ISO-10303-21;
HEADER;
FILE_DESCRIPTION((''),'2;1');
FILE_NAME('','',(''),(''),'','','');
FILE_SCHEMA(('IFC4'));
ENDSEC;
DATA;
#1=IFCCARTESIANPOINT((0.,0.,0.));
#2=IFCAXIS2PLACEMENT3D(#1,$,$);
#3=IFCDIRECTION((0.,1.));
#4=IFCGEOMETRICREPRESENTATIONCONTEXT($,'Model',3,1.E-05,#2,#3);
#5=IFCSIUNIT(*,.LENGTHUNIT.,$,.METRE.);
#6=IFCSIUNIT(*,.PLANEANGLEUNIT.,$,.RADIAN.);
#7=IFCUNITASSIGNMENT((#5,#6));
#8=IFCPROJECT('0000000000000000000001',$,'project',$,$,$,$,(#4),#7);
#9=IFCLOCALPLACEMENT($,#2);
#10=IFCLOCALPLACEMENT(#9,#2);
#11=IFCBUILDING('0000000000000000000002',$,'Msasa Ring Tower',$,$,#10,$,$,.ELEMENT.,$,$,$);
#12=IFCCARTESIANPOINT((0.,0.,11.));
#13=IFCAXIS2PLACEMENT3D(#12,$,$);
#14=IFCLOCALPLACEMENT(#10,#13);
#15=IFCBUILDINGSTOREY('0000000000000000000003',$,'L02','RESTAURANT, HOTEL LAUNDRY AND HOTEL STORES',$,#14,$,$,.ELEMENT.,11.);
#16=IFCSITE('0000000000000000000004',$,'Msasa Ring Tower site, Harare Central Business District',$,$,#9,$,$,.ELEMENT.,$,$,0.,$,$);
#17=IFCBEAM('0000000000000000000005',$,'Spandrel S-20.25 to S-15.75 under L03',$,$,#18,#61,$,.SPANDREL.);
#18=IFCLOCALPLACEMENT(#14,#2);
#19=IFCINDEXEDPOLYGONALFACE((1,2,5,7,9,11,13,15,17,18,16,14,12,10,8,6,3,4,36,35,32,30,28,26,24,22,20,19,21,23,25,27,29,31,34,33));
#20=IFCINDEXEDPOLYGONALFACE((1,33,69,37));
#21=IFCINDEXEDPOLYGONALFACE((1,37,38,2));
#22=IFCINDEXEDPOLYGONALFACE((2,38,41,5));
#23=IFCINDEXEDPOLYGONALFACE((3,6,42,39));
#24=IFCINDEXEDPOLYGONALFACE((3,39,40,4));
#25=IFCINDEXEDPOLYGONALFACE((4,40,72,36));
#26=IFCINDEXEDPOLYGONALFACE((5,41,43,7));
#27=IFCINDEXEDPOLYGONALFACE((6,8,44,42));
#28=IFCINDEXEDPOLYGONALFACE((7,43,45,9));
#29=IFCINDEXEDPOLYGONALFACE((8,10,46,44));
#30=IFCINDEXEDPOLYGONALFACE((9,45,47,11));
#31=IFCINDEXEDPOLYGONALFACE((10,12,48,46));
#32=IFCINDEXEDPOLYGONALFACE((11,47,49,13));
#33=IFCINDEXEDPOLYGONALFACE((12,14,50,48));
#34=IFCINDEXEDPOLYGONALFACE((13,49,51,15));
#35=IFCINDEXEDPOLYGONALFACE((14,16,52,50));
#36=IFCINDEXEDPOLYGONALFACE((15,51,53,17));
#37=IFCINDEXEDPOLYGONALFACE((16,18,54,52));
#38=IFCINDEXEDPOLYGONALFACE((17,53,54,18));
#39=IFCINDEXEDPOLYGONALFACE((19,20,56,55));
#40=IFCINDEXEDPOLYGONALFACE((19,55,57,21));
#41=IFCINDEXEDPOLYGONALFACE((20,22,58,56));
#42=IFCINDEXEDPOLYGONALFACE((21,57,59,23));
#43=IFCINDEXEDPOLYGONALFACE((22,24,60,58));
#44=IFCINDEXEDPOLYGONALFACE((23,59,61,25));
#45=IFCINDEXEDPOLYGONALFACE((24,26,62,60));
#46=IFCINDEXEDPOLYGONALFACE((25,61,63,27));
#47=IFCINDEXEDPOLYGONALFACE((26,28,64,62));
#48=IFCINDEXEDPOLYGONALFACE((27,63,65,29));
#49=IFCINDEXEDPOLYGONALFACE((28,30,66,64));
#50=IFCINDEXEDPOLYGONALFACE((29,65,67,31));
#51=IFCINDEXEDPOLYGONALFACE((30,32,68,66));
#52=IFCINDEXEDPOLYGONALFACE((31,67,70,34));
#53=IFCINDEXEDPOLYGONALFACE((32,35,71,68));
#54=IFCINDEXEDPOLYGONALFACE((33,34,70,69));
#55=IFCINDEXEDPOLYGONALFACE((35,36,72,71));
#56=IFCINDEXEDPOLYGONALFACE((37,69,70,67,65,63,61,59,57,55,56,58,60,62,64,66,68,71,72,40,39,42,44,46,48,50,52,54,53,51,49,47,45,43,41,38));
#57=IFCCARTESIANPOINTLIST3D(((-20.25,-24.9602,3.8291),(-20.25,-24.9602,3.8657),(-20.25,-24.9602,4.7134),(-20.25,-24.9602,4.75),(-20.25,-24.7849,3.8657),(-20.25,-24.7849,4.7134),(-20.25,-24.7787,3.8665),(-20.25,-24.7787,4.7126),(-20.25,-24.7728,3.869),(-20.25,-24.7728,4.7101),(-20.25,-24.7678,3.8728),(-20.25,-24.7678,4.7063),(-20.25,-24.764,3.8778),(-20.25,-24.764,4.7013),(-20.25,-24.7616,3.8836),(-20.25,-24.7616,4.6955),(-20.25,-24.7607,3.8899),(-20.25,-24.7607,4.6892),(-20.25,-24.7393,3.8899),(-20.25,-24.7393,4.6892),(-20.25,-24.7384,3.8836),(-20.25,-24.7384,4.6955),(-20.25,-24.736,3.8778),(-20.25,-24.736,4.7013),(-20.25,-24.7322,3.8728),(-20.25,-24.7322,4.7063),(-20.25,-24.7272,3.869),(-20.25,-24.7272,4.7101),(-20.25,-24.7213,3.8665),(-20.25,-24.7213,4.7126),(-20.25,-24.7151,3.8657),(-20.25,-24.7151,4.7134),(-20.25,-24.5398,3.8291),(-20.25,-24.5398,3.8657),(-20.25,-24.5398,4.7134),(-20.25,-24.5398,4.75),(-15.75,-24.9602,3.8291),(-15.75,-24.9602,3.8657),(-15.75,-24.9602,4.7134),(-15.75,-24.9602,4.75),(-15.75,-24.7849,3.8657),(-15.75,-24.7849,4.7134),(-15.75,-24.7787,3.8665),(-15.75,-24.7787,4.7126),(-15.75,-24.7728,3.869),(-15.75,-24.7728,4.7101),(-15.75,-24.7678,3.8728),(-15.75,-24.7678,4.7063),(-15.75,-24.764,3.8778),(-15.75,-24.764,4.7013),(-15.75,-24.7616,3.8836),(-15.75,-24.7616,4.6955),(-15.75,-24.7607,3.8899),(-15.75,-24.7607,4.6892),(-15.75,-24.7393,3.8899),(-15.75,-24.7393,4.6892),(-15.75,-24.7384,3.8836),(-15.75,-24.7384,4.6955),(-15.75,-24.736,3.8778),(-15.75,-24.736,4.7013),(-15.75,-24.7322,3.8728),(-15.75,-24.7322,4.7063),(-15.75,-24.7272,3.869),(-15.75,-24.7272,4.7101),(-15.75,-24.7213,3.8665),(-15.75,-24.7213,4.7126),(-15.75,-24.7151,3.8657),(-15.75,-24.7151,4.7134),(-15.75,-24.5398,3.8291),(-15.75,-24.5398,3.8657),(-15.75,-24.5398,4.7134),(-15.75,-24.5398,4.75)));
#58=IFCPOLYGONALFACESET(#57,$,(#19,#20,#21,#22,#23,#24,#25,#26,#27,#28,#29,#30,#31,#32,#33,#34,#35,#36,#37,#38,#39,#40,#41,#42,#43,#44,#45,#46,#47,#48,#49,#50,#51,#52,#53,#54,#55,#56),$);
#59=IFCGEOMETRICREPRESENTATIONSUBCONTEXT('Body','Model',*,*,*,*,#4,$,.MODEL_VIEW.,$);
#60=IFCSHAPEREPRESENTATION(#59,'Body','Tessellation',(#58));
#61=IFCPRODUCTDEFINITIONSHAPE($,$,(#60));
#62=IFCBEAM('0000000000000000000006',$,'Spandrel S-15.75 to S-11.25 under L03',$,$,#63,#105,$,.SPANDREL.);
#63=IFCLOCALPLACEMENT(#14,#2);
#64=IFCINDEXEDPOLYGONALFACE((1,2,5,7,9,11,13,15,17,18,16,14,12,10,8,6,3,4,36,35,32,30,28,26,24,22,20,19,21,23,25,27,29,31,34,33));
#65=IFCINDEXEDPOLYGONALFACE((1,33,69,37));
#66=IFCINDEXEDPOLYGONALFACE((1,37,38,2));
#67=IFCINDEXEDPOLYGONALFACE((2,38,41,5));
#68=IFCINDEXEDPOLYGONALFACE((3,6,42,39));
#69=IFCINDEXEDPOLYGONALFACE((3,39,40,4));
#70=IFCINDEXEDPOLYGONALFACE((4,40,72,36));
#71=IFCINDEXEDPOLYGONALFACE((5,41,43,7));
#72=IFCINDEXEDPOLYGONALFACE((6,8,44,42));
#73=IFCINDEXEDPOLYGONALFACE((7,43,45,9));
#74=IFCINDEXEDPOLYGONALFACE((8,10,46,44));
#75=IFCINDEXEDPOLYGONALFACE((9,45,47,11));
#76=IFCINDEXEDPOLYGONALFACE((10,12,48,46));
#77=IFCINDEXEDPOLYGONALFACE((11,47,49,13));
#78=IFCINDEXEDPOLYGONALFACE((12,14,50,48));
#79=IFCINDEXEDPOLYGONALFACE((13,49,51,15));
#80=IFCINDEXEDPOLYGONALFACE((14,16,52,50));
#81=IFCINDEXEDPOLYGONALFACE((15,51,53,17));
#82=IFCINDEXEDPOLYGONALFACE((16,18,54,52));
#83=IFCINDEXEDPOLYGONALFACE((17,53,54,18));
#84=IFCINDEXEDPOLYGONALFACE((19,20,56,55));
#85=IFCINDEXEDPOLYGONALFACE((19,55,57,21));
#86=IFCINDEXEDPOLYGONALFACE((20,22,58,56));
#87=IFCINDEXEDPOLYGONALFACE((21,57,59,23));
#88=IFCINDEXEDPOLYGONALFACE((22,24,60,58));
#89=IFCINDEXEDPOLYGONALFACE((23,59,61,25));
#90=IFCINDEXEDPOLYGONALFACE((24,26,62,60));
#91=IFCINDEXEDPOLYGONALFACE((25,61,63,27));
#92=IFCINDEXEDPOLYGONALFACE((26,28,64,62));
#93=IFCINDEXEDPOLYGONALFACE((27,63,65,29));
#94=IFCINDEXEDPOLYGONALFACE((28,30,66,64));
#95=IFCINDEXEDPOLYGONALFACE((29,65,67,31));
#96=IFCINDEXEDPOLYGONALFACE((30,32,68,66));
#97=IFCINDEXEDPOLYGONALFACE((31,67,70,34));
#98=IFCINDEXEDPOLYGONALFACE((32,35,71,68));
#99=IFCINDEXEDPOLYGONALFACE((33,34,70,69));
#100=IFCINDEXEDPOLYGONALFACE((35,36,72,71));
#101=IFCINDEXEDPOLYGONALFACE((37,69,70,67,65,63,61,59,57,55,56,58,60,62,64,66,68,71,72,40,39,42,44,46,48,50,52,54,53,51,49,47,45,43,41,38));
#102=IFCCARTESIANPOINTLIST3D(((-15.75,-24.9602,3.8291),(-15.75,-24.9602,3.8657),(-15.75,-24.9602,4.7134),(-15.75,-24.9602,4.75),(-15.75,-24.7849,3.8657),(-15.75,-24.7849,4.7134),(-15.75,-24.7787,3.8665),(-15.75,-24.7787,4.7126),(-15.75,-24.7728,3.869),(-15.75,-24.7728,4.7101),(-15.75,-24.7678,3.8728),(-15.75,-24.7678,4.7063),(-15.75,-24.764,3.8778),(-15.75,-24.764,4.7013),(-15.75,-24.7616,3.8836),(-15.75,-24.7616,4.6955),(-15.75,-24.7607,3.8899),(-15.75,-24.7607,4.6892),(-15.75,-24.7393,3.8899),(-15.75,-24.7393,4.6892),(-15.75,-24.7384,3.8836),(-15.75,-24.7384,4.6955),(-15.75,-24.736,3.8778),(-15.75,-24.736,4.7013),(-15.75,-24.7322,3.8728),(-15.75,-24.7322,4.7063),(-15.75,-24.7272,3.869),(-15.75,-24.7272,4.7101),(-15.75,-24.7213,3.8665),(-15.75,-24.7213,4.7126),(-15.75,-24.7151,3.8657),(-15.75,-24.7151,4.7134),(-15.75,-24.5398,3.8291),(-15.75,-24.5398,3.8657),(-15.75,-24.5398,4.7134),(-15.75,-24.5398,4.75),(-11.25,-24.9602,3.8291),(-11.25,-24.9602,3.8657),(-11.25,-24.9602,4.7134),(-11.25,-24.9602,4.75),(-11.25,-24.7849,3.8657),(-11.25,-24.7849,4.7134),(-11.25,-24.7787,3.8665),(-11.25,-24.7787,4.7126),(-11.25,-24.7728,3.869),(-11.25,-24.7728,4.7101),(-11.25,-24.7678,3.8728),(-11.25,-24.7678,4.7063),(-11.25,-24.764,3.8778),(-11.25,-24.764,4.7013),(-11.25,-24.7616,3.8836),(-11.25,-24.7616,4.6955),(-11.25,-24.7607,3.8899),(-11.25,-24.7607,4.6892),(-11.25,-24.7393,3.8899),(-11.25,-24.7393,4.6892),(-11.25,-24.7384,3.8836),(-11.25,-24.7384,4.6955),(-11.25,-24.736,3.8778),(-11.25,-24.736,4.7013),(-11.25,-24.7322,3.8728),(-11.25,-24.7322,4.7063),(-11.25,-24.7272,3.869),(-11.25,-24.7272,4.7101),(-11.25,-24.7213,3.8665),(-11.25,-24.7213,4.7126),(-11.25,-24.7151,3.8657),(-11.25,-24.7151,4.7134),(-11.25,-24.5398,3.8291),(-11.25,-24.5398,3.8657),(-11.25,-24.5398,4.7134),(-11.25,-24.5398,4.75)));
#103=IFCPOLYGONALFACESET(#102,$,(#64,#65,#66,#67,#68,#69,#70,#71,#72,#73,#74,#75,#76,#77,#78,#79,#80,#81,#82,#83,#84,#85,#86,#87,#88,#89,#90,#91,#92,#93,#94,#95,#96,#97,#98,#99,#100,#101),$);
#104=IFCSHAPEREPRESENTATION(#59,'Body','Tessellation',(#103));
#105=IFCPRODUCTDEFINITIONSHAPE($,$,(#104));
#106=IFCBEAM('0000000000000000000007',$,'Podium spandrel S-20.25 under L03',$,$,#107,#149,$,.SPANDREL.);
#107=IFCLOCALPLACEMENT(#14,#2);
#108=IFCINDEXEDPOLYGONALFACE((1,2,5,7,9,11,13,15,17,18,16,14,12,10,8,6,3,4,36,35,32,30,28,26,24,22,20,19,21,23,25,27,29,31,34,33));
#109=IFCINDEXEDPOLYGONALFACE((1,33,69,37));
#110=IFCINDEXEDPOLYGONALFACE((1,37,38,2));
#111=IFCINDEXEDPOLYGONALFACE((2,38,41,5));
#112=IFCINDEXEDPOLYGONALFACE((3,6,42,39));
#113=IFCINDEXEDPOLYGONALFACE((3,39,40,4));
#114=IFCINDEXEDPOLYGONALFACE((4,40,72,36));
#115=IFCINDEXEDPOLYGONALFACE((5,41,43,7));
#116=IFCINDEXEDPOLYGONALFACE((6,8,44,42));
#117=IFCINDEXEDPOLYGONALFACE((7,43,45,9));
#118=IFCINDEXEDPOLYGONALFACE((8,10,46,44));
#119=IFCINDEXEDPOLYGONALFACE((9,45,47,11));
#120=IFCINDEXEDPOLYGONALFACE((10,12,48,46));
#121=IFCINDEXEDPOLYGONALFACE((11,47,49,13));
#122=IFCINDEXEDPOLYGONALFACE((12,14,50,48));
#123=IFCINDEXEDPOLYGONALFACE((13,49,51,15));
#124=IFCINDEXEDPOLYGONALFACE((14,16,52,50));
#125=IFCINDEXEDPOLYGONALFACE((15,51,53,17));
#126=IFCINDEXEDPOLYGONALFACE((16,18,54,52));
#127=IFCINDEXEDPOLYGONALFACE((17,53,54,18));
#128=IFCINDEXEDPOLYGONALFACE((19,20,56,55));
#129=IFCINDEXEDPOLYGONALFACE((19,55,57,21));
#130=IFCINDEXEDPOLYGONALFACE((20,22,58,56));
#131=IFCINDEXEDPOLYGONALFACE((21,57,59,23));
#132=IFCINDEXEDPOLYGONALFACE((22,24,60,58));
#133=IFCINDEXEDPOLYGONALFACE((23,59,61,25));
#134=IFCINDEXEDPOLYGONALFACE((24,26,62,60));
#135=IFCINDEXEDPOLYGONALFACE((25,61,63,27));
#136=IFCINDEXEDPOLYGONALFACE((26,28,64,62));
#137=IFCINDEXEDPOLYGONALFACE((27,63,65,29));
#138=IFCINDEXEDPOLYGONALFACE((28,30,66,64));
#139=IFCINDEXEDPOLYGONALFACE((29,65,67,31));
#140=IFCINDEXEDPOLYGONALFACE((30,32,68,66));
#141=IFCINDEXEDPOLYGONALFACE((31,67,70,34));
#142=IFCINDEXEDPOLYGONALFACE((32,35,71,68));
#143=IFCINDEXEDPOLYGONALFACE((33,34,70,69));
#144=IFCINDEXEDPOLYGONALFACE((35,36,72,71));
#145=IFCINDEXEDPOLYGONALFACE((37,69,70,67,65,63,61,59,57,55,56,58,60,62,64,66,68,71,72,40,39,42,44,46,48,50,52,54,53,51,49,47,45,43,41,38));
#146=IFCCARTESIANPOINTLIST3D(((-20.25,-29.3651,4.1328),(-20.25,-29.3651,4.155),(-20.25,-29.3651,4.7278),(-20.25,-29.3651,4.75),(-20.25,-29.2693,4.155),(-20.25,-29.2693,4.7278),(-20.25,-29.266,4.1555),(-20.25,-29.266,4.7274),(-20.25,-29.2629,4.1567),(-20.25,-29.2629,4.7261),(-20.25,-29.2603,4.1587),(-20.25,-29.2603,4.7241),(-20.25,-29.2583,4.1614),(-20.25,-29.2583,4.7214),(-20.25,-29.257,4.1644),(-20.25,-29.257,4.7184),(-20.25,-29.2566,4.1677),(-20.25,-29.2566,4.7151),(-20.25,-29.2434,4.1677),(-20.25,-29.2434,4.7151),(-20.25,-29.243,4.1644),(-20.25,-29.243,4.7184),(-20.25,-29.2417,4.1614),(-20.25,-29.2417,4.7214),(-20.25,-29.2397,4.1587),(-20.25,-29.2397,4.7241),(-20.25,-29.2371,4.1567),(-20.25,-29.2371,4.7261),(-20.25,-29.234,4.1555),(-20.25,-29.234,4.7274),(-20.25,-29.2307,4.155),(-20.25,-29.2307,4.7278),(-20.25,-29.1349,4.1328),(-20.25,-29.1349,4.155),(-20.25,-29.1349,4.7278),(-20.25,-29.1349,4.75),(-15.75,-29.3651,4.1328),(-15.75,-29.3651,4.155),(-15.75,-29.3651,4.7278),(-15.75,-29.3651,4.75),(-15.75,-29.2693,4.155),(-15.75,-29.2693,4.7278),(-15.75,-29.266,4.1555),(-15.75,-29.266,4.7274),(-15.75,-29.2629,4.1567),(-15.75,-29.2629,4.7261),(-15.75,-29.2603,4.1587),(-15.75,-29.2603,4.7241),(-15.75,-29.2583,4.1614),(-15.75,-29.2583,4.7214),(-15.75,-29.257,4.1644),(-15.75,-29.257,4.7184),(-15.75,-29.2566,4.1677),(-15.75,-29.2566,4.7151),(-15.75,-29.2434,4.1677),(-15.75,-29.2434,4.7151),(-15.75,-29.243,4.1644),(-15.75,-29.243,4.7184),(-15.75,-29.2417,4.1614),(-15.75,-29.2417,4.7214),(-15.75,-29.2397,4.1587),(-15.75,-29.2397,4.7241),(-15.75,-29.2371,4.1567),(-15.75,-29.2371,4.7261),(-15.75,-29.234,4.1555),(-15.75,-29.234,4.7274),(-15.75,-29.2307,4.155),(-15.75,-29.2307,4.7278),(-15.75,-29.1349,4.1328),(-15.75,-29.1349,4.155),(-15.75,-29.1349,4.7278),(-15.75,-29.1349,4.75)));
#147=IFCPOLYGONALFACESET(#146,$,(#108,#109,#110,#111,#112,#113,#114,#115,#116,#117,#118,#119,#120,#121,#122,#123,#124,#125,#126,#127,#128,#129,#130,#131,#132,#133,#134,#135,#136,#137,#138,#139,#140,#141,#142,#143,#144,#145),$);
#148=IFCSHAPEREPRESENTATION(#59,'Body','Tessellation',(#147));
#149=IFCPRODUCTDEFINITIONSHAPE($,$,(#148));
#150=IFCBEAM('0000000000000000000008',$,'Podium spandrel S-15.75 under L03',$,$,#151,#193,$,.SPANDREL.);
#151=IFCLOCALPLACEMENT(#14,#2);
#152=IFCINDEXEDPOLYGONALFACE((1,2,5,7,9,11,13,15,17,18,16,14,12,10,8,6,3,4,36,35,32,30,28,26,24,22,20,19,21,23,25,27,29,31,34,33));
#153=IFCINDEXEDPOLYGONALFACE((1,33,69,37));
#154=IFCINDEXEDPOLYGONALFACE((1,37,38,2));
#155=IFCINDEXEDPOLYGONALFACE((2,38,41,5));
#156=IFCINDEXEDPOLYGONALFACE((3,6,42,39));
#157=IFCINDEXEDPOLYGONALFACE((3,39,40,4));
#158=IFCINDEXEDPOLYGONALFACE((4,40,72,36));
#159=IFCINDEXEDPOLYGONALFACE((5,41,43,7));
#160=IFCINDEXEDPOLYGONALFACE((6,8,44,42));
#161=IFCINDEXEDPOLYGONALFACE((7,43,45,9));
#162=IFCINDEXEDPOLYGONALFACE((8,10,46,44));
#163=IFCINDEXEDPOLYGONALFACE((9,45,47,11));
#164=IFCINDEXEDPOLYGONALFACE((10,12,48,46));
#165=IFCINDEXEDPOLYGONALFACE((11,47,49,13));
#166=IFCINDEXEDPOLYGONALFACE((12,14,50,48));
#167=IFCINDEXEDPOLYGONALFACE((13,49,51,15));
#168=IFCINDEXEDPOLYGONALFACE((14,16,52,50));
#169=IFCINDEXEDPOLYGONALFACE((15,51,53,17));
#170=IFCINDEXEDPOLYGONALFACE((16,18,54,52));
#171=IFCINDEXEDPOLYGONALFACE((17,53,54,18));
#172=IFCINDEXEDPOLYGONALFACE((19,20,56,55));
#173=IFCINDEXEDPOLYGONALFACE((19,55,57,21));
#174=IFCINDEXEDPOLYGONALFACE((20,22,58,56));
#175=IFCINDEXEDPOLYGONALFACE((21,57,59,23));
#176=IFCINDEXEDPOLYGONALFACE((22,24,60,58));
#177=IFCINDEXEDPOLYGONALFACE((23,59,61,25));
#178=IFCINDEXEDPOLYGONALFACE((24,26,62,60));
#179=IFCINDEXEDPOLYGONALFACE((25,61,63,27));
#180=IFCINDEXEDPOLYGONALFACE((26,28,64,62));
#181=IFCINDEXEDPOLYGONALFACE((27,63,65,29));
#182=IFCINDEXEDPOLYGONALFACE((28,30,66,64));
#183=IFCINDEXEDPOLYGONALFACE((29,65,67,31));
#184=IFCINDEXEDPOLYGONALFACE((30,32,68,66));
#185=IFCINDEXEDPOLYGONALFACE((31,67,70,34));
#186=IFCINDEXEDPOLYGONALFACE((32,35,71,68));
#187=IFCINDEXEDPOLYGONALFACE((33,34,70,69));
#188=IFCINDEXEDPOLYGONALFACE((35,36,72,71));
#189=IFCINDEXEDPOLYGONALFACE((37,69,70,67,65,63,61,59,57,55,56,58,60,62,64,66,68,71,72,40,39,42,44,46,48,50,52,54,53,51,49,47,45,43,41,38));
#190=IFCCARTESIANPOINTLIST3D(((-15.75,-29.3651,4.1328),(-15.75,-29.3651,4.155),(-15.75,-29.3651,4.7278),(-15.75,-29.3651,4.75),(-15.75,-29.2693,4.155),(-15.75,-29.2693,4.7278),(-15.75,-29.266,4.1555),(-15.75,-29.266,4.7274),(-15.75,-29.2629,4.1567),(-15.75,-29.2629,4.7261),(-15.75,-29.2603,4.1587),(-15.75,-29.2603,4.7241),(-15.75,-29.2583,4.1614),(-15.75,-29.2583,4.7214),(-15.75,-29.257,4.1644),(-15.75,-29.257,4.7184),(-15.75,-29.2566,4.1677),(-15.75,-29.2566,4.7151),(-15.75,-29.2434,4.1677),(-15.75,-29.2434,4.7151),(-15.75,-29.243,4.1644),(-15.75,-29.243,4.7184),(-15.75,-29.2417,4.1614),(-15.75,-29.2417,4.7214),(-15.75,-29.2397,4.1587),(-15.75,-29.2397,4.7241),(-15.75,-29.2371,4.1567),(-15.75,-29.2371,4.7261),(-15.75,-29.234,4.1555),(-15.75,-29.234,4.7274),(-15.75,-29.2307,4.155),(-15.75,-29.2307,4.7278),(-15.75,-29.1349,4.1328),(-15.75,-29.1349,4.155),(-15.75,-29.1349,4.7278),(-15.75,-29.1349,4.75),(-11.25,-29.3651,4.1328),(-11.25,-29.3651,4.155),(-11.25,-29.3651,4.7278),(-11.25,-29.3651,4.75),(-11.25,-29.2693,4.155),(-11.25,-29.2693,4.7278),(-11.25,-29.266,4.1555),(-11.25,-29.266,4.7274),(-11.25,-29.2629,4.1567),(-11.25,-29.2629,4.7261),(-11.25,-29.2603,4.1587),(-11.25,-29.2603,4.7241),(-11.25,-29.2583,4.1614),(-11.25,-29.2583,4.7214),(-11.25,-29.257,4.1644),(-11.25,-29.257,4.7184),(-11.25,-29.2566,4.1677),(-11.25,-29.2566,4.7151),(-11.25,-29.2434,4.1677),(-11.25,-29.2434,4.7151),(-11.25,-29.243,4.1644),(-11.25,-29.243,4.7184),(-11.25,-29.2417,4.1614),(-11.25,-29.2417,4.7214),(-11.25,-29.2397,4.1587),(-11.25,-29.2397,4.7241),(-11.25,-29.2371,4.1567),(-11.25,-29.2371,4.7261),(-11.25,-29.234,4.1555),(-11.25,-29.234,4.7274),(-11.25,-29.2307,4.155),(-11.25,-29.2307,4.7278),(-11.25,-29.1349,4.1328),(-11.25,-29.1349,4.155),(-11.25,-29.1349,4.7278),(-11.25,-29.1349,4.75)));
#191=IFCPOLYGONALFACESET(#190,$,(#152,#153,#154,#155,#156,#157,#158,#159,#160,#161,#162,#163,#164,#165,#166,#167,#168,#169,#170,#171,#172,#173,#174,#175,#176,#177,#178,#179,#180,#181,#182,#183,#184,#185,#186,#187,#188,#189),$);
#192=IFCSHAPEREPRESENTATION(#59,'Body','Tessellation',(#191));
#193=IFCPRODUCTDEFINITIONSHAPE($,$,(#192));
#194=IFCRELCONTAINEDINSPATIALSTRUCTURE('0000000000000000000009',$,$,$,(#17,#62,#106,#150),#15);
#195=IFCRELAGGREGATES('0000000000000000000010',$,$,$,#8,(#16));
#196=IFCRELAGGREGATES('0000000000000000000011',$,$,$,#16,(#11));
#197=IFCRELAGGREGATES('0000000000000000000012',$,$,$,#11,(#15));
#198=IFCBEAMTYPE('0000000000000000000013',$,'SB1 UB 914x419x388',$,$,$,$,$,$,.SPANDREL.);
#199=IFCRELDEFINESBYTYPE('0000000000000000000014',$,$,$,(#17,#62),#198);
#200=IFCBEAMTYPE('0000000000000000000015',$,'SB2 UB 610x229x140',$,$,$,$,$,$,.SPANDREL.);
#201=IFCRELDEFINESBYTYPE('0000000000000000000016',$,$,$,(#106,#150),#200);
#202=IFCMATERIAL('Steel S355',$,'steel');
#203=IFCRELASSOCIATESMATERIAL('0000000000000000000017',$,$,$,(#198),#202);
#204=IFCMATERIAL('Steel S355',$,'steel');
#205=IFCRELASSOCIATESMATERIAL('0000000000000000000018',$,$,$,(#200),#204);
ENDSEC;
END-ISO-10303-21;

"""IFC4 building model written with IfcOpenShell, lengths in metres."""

from ifc_helpers import new_model, si_unit, direction, frame, origin, origin_2d, place, context, subcontext, project, spatial, i_section, extrude, material, material_profile, profile_set, type_object, element, save


model = new_model("IFC4")

# Units and contexts
model_context = context("Model", 3, precision=1e-05, world=origin(), true_north=direction((0.0, 1.0)))
body_context = subcontext(model_context, "Body", "Model", "MODEL_VIEW")
ifc_project = project(units=[si_unit("LENGTHUNIT", "METRE"), si_unit("PLANEANGLEUNIT", "RADIAN")], contexts=[model_context])

# Site, building, storey
site_placement = place(None, origin())
site = spatial("IfcSite", under=ifc_project, at=site_placement, Name="Msasa Ring Tower site, Harare Central Business District", CompositionType="ELEMENT", RefElevation=0.0)
building_placement = place(site_placement, origin())
building = spatial("IfcBuilding", under=site, at=building_placement, Name="Msasa Ring Tower", CompositionType="ELEMENT")
storey_placement = place(building_placement, frame((0.0, 0.0, 11.0)))
storey = spatial("IfcBuildingStorey", under=building, at=storey_placement, Name="L02", Description="RESTAURANT, HOTEL LAUNDRY AND HOTEL STORES", CompositionType="ELEMENT", Elevation=11.0)

# Beams
ifc_material_1 = material(Name="Steel S355", Category="steel")
ifc_material_profile_1 = material_profile(ifc_material_1, i_section(OverallWidth=0.4204, OverallDepth=0.9209, WebThickness=0.0215, FlangeThickness=0.0366, FilletRadius=0.0242, at=origin_2d()), Name="UB 914x419x388")
ifc_profile_set_1 = profile_set([ifc_material_profile_1], Name="Steel S355")
beam_type_1 = type_object("IfcBeamType", Name="SB1 UB 914x419x388", PredefinedType="SPANDREL", material=ifc_profile_set_1)
for number, where, z_axis, x_axis, name in (
    (1, (-20.25, -24.75, 4.2896), (1.0, 0.0, 0.0), (0.0, 1.0, 0.0), "Spandrel S-20.25 to S-15.75 under L03"),
    (2, (-15.75, -24.75, 4.2896), (1.0, 0.0, 0.0), (0.0, 1.0, 0.0), "Spandrel S-15.75 to S-11.25 under L03"),
):
    element("IfcBeam", number, at=place(storey_placement, frame(where, z_axis=z_axis, x_axis=x_axis)), inside=storey, type_object=beam_type_1, Name=name, PredefinedType="SPANDREL", context=body_context, shape_type="SweptSolid", body=[
        extrude(i_section(OverallWidth=0.4204, OverallDepth=0.9209, WebThickness=0.0215, FlangeThickness=0.0366, FilletRadius=0.0242, at=origin_2d()), origin(), (0.0, 0.0, 1.0), 4.5),
    ])
ifc_material_2 = material(Name="Steel S355", Category="steel")
ifc_material_profile_2 = material_profile(ifc_material_2, i_section(OverallWidth=0.2302, OverallDepth=0.6172, WebThickness=0.0132, FlangeThickness=0.0222, FilletRadius=0.0127, at=origin_2d()), Name="UB 610x229x140")
ifc_profile_set_2 = profile_set([ifc_material_profile_2], Name="Steel S355")
beam_type_2 = type_object("IfcBeamType", Name="SB2 UB 610x229x140", PredefinedType="SPANDREL", material=ifc_profile_set_2)
for number, where, z_axis, x_axis, name in (
    (3, (-20.25, -29.25, 4.4414), (1.0, 0.0, 0.0), (0.0, 1.0, 0.0), "Podium spandrel S-20.25 under L03"),
    (4, (-15.75, -29.25, 4.4414), (1.0, 0.0, 0.0), (0.0, 1.0, 0.0), "Podium spandrel S-15.75 under L03"),
):
    element("IfcBeam", number, at=place(storey_placement, frame(where, z_axis=z_axis, x_axis=x_axis)), inside=storey, type_object=beam_type_2, Name=name, PredefinedType="SPANDREL", context=body_context, shape_type="SweptSolid", body=[
        extrude(i_section(OverallWidth=0.2302, OverallDepth=0.6172, WebThickness=0.0132, FlangeThickness=0.0222, FilletRadius=0.0127, at=origin_2d()), origin(), (0.0, 0.0, 1.0), 4.5),
    ])

save(model, "model.ifc")
